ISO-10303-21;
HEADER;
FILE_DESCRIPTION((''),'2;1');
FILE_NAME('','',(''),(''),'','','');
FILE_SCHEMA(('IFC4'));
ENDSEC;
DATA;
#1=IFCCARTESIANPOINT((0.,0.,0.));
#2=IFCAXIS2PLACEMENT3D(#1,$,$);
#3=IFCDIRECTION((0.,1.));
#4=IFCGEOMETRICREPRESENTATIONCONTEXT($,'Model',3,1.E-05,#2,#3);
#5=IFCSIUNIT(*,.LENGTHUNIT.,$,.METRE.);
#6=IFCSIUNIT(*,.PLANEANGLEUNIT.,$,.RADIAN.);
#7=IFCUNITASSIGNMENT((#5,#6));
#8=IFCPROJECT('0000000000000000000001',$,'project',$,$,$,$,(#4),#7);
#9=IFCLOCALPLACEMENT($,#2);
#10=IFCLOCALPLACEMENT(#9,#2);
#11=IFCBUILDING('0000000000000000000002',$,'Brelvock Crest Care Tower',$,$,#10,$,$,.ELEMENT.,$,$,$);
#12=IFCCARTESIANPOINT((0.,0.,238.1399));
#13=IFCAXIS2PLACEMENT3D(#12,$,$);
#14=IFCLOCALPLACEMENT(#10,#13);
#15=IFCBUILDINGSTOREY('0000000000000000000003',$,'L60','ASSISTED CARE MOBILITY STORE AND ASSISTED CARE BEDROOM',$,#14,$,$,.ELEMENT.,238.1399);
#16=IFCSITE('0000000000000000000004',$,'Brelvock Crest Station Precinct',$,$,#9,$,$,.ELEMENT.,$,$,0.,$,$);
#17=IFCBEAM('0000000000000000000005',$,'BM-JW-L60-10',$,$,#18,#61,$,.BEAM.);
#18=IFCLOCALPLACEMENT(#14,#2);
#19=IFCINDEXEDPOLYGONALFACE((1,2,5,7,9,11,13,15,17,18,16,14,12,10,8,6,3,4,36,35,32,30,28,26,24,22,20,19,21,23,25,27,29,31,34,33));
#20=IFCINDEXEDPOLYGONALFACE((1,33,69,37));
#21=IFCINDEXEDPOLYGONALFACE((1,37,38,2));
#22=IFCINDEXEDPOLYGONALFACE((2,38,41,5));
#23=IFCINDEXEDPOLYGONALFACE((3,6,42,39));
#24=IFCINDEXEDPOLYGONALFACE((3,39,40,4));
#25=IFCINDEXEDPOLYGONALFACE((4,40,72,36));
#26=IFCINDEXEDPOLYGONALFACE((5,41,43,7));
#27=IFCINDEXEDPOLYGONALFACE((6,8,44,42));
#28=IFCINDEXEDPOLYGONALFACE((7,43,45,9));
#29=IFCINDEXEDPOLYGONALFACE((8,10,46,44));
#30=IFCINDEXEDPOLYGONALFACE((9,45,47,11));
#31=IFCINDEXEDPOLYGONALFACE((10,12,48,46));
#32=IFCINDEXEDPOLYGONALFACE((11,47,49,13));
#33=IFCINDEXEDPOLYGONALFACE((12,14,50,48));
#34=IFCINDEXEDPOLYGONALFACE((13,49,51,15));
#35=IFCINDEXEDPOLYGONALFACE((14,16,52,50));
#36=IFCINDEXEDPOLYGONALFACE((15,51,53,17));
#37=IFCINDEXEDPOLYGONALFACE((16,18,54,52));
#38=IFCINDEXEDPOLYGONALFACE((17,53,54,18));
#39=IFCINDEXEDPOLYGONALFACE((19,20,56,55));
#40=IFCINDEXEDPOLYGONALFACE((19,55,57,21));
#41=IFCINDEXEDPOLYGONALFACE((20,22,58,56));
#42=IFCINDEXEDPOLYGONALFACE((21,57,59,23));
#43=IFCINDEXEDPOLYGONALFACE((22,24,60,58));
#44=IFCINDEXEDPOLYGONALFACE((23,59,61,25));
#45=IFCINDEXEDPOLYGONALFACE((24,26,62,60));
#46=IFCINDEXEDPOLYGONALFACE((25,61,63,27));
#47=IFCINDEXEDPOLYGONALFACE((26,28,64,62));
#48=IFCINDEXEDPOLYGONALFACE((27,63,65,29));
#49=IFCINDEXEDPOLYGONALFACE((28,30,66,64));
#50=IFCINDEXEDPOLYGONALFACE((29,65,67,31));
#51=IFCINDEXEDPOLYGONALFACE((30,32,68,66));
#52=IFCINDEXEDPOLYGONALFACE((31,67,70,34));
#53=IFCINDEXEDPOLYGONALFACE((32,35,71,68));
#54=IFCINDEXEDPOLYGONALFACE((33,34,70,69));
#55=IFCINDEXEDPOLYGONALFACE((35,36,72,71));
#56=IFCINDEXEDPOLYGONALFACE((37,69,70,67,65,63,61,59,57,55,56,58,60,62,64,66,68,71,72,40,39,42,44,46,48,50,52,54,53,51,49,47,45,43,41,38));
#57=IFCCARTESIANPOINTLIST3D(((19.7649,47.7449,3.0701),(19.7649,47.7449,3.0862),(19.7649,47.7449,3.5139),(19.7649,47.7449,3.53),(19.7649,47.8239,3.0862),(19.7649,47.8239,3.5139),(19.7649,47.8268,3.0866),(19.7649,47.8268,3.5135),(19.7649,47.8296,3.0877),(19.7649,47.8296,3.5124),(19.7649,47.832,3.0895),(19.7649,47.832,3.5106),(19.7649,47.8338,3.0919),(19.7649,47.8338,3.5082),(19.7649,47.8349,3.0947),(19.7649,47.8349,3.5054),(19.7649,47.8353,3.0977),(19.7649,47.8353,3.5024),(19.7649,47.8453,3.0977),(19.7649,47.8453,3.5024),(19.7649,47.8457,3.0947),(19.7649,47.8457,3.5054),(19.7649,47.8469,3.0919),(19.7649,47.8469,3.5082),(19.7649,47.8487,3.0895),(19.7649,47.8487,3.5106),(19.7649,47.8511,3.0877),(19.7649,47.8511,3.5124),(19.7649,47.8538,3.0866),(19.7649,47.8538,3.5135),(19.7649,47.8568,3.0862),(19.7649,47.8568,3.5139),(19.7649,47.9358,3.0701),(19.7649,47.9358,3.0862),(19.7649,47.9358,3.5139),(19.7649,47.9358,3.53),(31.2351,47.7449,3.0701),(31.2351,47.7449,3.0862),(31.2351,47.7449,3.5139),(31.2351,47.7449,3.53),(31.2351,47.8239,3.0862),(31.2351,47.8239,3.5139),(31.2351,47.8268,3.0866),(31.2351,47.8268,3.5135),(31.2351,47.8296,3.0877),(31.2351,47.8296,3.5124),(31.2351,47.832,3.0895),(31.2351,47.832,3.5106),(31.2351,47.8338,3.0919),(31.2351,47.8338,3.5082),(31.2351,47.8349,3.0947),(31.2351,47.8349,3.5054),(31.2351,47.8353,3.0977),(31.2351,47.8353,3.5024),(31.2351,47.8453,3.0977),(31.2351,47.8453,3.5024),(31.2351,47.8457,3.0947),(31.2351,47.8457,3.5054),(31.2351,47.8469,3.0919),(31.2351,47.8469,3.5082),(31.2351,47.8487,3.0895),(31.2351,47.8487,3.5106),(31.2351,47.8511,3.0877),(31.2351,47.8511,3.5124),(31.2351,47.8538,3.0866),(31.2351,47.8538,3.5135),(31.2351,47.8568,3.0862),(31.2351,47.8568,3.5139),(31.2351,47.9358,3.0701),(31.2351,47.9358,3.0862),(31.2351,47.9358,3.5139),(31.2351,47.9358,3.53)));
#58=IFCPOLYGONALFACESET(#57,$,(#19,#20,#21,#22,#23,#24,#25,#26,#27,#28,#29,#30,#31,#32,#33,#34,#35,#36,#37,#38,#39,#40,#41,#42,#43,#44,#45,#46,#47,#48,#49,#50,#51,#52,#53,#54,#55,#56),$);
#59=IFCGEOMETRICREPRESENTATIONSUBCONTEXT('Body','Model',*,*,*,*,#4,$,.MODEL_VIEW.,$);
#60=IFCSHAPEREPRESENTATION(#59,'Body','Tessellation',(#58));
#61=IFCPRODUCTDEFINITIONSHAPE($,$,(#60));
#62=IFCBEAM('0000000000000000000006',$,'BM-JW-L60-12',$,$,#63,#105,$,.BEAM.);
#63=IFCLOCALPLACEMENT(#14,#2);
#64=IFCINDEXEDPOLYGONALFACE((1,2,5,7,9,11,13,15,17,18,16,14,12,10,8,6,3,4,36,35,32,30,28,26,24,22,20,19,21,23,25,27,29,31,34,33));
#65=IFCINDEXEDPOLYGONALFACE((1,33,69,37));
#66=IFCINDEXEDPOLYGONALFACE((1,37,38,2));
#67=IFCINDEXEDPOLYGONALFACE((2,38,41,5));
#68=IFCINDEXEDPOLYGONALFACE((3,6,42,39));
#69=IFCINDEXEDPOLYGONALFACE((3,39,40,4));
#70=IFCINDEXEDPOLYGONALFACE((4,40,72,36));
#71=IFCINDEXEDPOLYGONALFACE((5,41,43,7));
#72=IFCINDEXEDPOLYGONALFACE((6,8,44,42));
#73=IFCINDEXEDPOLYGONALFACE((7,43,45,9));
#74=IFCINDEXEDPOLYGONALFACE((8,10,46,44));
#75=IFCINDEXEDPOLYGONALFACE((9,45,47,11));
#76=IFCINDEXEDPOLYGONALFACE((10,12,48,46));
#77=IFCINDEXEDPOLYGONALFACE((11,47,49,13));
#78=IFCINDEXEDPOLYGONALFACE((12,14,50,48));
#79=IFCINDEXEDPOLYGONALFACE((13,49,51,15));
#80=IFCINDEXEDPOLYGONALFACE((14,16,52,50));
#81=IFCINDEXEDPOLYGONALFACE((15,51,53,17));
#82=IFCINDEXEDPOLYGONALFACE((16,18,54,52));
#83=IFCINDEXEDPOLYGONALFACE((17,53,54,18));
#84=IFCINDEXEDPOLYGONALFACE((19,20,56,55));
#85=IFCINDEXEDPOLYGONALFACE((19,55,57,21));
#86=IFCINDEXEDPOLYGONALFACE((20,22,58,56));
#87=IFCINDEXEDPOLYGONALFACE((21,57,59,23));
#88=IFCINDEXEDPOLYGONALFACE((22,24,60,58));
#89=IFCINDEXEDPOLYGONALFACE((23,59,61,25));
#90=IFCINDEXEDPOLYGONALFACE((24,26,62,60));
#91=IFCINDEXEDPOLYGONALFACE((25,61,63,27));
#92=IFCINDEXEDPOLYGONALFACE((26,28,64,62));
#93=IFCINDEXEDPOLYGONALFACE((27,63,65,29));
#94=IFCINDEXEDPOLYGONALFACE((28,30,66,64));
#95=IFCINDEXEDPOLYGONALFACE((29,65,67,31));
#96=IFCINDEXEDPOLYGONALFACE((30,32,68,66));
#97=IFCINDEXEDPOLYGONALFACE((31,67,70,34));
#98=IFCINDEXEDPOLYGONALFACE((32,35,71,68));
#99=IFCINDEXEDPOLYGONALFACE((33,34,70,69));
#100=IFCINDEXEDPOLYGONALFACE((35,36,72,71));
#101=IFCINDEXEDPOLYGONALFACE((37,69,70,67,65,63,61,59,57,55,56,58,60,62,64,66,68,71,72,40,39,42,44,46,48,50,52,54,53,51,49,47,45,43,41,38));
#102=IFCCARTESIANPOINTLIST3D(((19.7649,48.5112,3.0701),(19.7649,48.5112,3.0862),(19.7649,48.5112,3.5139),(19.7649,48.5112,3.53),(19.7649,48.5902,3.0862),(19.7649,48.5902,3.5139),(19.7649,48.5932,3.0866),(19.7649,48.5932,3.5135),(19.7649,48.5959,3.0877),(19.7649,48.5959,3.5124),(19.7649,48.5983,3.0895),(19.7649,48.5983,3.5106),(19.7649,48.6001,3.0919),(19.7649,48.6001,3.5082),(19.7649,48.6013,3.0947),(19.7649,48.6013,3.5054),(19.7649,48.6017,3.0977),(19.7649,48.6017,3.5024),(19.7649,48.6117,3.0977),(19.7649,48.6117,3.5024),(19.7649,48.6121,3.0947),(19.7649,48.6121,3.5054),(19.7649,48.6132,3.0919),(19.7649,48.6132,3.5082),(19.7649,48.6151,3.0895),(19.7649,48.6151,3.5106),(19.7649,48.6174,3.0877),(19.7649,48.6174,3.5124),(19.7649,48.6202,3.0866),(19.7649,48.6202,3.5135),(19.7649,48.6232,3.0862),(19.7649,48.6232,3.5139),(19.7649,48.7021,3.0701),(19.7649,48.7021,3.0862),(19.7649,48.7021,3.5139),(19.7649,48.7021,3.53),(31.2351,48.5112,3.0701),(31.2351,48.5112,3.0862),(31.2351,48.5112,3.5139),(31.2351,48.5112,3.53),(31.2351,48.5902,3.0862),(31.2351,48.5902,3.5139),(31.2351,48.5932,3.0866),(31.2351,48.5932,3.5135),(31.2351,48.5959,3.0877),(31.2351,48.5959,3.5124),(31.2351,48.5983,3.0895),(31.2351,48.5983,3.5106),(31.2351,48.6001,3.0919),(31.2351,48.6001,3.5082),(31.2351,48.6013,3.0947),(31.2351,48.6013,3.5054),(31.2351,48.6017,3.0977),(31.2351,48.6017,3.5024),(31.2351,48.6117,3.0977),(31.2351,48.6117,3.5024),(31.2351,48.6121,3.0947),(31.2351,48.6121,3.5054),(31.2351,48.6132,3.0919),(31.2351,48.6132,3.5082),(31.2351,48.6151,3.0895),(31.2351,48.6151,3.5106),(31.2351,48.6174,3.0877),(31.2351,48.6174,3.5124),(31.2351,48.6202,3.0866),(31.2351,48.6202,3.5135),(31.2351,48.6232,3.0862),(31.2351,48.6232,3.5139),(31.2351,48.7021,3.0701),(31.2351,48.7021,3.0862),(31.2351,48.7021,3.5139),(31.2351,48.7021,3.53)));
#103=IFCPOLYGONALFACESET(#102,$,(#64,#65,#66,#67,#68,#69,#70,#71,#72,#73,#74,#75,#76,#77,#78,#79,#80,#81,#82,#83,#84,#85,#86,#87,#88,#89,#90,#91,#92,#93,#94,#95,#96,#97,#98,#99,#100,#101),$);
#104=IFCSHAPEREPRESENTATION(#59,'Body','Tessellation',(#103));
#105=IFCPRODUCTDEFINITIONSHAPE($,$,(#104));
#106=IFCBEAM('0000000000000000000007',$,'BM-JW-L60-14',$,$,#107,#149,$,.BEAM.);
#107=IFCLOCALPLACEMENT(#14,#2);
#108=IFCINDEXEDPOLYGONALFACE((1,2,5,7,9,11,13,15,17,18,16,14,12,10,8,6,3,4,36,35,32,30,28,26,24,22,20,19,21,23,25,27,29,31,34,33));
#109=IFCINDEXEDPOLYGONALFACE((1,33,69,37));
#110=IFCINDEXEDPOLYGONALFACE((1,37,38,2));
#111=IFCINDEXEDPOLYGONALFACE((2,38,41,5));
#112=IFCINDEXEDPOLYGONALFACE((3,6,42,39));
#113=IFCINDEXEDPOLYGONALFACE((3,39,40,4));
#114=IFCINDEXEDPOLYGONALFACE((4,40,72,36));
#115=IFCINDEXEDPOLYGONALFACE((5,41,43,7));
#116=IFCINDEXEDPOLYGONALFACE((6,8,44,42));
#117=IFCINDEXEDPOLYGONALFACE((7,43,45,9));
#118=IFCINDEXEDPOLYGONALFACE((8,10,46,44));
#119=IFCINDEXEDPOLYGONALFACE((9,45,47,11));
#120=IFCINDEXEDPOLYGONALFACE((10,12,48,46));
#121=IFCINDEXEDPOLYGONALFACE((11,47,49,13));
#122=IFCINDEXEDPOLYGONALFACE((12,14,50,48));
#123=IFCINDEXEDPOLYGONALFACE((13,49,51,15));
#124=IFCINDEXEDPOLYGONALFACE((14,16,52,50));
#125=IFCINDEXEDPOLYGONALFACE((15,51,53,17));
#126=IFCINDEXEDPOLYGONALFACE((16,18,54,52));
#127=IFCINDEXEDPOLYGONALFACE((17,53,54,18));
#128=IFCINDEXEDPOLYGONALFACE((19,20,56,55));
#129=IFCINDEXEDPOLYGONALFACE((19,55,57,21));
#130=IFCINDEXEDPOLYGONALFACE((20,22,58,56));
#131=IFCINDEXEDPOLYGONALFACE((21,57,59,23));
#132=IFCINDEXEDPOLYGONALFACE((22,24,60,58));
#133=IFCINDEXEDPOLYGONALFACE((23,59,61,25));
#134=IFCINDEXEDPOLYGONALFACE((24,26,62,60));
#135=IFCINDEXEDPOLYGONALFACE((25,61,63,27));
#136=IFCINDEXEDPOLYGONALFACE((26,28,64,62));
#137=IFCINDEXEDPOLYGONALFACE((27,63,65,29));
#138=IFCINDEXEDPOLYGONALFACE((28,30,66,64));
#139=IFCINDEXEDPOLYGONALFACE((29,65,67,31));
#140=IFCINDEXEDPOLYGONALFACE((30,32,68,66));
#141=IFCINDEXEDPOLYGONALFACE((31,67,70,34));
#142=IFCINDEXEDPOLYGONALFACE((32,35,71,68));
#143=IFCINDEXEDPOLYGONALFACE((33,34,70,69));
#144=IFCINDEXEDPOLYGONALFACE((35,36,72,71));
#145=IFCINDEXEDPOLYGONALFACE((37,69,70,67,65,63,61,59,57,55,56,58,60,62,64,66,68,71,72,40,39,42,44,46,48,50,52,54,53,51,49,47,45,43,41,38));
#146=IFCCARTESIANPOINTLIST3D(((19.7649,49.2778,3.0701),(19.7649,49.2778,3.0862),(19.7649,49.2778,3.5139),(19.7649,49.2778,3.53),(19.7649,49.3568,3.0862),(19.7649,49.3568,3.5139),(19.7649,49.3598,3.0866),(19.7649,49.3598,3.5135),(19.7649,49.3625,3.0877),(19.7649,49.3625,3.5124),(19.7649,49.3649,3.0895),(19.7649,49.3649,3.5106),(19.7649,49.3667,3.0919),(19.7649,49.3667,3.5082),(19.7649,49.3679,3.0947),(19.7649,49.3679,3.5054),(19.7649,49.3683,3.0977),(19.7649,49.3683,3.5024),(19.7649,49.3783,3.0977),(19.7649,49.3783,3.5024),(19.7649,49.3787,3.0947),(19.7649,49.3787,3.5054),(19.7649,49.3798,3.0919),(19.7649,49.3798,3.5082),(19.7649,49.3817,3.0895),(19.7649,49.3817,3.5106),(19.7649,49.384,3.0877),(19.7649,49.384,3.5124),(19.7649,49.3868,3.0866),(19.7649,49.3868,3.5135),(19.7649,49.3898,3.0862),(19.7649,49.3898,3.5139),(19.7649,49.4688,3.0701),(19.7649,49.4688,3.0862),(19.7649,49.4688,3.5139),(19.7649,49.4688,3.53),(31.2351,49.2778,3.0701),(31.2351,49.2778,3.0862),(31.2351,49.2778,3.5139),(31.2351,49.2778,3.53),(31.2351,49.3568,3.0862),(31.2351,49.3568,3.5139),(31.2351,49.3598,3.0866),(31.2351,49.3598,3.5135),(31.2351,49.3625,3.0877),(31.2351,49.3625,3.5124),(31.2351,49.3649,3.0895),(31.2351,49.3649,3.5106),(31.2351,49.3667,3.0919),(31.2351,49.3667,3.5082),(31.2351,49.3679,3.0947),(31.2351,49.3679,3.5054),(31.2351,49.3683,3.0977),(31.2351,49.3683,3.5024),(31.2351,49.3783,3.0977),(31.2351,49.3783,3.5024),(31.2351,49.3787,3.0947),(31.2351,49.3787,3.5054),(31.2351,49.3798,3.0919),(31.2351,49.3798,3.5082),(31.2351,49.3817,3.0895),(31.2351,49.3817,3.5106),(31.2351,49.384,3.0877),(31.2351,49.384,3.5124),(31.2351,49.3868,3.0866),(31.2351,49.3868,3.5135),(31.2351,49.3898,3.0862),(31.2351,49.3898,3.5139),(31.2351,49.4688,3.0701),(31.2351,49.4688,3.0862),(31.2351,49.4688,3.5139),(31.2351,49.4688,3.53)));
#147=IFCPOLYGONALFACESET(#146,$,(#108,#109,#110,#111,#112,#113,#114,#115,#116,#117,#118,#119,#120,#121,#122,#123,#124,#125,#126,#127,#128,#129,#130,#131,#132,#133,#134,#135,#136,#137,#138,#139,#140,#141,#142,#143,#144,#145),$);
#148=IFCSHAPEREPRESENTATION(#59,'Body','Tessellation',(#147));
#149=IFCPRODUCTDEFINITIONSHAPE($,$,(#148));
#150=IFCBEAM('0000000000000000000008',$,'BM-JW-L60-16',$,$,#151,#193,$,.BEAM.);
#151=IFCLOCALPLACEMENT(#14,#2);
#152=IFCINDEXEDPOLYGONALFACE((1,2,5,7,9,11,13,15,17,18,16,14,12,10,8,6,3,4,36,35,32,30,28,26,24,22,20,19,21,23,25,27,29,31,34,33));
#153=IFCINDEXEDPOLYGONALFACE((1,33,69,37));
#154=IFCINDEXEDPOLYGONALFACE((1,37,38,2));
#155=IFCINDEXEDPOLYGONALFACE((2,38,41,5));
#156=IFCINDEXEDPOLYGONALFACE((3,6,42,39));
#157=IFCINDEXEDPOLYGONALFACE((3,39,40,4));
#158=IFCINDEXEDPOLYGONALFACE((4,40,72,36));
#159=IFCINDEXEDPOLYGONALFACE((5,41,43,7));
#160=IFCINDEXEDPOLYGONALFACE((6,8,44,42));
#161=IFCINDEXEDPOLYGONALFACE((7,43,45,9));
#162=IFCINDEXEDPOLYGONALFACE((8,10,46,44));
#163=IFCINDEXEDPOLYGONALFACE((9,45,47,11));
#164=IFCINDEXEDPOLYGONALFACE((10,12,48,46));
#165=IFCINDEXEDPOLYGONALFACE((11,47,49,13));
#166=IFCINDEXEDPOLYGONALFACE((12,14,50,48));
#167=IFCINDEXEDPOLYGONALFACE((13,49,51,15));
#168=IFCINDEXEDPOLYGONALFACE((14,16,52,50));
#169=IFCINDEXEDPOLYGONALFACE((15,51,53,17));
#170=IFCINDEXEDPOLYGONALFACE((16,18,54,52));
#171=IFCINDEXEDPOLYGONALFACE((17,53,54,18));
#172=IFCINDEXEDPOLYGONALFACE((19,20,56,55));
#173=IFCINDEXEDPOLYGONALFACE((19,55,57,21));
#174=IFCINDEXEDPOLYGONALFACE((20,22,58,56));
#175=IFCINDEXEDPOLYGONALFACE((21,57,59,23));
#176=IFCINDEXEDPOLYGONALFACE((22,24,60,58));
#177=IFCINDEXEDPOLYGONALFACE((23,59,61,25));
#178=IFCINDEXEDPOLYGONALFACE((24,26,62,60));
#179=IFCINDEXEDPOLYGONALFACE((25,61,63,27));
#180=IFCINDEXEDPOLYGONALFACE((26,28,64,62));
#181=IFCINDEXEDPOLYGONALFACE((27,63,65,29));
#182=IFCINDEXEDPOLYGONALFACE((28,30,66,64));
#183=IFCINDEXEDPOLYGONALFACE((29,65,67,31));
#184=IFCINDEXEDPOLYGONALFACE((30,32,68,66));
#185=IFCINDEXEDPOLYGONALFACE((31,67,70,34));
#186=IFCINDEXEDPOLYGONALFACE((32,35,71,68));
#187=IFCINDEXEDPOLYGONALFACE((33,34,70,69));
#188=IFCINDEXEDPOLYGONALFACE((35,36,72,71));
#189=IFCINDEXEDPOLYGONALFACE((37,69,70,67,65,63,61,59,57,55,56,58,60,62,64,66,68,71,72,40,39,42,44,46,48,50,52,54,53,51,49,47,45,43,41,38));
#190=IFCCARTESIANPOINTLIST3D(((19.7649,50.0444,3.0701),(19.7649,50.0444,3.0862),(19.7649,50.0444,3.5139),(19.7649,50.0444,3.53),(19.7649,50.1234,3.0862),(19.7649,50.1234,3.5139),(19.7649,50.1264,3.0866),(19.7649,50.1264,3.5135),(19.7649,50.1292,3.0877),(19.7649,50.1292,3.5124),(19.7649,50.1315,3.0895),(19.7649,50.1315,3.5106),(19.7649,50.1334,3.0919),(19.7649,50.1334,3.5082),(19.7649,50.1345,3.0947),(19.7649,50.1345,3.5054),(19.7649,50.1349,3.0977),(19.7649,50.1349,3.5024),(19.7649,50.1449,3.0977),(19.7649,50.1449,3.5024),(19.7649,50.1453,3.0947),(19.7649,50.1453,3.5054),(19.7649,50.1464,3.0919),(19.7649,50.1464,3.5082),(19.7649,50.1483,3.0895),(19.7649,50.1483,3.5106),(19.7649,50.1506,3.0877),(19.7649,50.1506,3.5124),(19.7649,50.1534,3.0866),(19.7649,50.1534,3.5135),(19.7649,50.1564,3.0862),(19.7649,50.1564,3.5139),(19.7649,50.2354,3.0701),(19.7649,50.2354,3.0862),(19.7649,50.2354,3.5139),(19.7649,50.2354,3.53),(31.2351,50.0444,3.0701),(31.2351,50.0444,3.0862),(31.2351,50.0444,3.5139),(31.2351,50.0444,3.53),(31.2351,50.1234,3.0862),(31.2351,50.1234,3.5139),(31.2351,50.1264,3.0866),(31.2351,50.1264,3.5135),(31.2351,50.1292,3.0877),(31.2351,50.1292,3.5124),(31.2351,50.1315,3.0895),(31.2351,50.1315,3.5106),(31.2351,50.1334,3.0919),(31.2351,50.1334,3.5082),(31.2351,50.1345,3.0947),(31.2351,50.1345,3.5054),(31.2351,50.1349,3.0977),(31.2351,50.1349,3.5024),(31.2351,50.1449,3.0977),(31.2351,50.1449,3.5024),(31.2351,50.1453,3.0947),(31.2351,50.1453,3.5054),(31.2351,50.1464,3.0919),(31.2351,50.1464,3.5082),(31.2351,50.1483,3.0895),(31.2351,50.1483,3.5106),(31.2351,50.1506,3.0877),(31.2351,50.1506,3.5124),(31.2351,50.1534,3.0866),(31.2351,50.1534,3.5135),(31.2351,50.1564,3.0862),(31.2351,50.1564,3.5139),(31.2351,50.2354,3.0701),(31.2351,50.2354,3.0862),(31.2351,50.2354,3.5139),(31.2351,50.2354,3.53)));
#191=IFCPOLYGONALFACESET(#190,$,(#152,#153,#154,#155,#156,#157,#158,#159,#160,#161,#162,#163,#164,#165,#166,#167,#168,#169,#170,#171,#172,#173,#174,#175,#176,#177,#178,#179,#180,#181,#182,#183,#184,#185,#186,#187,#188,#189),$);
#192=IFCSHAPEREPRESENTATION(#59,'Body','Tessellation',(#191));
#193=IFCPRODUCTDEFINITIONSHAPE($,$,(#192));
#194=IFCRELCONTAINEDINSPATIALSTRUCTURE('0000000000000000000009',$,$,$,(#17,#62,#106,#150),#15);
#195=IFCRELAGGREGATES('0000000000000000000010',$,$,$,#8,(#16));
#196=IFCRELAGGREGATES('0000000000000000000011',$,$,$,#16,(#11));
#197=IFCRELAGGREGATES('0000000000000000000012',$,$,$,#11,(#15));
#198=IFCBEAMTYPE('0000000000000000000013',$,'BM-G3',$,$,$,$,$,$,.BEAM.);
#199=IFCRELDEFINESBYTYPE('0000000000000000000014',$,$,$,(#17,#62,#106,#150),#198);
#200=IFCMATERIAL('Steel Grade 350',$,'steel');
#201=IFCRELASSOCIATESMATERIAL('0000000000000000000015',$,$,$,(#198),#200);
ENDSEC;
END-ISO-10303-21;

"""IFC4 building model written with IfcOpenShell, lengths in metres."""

from ifc_helpers import new_model, si_unit, direction, frame, origin, origin_2d, place, context, subcontext, project, spatial, i_section, extrude, source, transform, mapped, material, material_profile, profile_set, type_object, element, save


model = new_model("IFC4")

# Units and contexts
model_context = context("Model", 3, precision=1e-05, world=origin(), true_north=direction((0.0, 1.0)))
body_context = subcontext(model_context, "Body", "Model", "MODEL_VIEW")
ifc_project = project(units=[si_unit("LENGTHUNIT", "METRE"), si_unit("PLANEANGLEUNIT", "RADIAN")], contexts=[model_context])

# Site, building, storey
site_placement = place(None, origin())
site = spatial("IfcSite", under=ifc_project, at=site_placement, Name="Brelvock Crest Station Precinct", CompositionType="ELEMENT", RefElevation=0.0)
building_placement = place(site_placement, origin())
building = spatial("IfcBuilding", under=site, at=building_placement, Name="Brelvock Crest Care Tower", CompositionType="ELEMENT")
storey_placement = place(building_placement, frame((0.0, 0.0, 238.1399)))
storey = spatial("IfcBuildingStorey", under=building, at=storey_placement, Name="L60", Description="ASSISTED CARE MOBILITY STORE AND ASSISTED CARE BEDROOM", CompositionType="ELEMENT", Elevation=238.1399)

# Beams
ifc_material_1 = material(Name="Steel Grade 350", Category="steel")
ifc_material_profile_1 = material_profile(ifc_material_1, i_section(OverallWidth=0.1909, OverallDepth=0.46, WebThickness=0.01, FlangeThickness=0.0161, FilletRadius=0.0115, at=origin_2d()), Name="460UB82.1")
ifc_profile_set_1 = profile_set([ifc_material_profile_1], Name="Steel Grade 350")
beam_type_1 = type_object("IfcBeamType", Name="BM-G3", PredefinedType="BEAM", material=ifc_profile_set_1)
shared_shape_1 = source(origin(), body_context, "Body", "SweptSolid", [
    extrude(i_section(OverallWidth=0.1909, OverallDepth=0.46, WebThickness=0.01, FlangeThickness=0.0161, FilletRadius=0.0115, at=origin_2d()), origin(), (0.0, 0.0, 1.0), 11.4702),
])
for number, where, z_axis, x_axis, name in (
    (1, (19.7649, 47.8403, 3.3), (1.0, 0.0, 0.0), (0.0, 1.0, 0.0), "BM-JW-L60-10"),
    (2, (19.7649, 48.6067, 3.3), (1.0, 0.0, 0.0), (0.0, 1.0, 0.0), "BM-JW-L60-12"),
    (3, (19.7649, 49.3733, 3.3), (1.0, 0.0, 0.0), (0.0, 1.0, 0.0), "BM-JW-L60-14"),
    (4, (19.7649, 50.1399, 3.3), (1.0, 0.0, 0.0), (0.0, 1.0, 0.0), "BM-JW-L60-16"),
):
    element("IfcBeam", number, at=place(storey_placement, frame(where, z_axis=z_axis, x_axis=x_axis)), inside=storey, type_object=beam_type_1, Name=name, PredefinedType="BEAM", context=body_context, shape_type="MappedRepresentation", body=[
        mapped(shared_shape_1, transform((0.0, 0.0, 0.0), x_axis=(1.0, 0.0, 0.0), y_axis=(0.0, 1.0, 0.0), z_axis=(0.0, 0.0, 1.0), scale=1.0)),
    ])

save(model, "model.ifc")
